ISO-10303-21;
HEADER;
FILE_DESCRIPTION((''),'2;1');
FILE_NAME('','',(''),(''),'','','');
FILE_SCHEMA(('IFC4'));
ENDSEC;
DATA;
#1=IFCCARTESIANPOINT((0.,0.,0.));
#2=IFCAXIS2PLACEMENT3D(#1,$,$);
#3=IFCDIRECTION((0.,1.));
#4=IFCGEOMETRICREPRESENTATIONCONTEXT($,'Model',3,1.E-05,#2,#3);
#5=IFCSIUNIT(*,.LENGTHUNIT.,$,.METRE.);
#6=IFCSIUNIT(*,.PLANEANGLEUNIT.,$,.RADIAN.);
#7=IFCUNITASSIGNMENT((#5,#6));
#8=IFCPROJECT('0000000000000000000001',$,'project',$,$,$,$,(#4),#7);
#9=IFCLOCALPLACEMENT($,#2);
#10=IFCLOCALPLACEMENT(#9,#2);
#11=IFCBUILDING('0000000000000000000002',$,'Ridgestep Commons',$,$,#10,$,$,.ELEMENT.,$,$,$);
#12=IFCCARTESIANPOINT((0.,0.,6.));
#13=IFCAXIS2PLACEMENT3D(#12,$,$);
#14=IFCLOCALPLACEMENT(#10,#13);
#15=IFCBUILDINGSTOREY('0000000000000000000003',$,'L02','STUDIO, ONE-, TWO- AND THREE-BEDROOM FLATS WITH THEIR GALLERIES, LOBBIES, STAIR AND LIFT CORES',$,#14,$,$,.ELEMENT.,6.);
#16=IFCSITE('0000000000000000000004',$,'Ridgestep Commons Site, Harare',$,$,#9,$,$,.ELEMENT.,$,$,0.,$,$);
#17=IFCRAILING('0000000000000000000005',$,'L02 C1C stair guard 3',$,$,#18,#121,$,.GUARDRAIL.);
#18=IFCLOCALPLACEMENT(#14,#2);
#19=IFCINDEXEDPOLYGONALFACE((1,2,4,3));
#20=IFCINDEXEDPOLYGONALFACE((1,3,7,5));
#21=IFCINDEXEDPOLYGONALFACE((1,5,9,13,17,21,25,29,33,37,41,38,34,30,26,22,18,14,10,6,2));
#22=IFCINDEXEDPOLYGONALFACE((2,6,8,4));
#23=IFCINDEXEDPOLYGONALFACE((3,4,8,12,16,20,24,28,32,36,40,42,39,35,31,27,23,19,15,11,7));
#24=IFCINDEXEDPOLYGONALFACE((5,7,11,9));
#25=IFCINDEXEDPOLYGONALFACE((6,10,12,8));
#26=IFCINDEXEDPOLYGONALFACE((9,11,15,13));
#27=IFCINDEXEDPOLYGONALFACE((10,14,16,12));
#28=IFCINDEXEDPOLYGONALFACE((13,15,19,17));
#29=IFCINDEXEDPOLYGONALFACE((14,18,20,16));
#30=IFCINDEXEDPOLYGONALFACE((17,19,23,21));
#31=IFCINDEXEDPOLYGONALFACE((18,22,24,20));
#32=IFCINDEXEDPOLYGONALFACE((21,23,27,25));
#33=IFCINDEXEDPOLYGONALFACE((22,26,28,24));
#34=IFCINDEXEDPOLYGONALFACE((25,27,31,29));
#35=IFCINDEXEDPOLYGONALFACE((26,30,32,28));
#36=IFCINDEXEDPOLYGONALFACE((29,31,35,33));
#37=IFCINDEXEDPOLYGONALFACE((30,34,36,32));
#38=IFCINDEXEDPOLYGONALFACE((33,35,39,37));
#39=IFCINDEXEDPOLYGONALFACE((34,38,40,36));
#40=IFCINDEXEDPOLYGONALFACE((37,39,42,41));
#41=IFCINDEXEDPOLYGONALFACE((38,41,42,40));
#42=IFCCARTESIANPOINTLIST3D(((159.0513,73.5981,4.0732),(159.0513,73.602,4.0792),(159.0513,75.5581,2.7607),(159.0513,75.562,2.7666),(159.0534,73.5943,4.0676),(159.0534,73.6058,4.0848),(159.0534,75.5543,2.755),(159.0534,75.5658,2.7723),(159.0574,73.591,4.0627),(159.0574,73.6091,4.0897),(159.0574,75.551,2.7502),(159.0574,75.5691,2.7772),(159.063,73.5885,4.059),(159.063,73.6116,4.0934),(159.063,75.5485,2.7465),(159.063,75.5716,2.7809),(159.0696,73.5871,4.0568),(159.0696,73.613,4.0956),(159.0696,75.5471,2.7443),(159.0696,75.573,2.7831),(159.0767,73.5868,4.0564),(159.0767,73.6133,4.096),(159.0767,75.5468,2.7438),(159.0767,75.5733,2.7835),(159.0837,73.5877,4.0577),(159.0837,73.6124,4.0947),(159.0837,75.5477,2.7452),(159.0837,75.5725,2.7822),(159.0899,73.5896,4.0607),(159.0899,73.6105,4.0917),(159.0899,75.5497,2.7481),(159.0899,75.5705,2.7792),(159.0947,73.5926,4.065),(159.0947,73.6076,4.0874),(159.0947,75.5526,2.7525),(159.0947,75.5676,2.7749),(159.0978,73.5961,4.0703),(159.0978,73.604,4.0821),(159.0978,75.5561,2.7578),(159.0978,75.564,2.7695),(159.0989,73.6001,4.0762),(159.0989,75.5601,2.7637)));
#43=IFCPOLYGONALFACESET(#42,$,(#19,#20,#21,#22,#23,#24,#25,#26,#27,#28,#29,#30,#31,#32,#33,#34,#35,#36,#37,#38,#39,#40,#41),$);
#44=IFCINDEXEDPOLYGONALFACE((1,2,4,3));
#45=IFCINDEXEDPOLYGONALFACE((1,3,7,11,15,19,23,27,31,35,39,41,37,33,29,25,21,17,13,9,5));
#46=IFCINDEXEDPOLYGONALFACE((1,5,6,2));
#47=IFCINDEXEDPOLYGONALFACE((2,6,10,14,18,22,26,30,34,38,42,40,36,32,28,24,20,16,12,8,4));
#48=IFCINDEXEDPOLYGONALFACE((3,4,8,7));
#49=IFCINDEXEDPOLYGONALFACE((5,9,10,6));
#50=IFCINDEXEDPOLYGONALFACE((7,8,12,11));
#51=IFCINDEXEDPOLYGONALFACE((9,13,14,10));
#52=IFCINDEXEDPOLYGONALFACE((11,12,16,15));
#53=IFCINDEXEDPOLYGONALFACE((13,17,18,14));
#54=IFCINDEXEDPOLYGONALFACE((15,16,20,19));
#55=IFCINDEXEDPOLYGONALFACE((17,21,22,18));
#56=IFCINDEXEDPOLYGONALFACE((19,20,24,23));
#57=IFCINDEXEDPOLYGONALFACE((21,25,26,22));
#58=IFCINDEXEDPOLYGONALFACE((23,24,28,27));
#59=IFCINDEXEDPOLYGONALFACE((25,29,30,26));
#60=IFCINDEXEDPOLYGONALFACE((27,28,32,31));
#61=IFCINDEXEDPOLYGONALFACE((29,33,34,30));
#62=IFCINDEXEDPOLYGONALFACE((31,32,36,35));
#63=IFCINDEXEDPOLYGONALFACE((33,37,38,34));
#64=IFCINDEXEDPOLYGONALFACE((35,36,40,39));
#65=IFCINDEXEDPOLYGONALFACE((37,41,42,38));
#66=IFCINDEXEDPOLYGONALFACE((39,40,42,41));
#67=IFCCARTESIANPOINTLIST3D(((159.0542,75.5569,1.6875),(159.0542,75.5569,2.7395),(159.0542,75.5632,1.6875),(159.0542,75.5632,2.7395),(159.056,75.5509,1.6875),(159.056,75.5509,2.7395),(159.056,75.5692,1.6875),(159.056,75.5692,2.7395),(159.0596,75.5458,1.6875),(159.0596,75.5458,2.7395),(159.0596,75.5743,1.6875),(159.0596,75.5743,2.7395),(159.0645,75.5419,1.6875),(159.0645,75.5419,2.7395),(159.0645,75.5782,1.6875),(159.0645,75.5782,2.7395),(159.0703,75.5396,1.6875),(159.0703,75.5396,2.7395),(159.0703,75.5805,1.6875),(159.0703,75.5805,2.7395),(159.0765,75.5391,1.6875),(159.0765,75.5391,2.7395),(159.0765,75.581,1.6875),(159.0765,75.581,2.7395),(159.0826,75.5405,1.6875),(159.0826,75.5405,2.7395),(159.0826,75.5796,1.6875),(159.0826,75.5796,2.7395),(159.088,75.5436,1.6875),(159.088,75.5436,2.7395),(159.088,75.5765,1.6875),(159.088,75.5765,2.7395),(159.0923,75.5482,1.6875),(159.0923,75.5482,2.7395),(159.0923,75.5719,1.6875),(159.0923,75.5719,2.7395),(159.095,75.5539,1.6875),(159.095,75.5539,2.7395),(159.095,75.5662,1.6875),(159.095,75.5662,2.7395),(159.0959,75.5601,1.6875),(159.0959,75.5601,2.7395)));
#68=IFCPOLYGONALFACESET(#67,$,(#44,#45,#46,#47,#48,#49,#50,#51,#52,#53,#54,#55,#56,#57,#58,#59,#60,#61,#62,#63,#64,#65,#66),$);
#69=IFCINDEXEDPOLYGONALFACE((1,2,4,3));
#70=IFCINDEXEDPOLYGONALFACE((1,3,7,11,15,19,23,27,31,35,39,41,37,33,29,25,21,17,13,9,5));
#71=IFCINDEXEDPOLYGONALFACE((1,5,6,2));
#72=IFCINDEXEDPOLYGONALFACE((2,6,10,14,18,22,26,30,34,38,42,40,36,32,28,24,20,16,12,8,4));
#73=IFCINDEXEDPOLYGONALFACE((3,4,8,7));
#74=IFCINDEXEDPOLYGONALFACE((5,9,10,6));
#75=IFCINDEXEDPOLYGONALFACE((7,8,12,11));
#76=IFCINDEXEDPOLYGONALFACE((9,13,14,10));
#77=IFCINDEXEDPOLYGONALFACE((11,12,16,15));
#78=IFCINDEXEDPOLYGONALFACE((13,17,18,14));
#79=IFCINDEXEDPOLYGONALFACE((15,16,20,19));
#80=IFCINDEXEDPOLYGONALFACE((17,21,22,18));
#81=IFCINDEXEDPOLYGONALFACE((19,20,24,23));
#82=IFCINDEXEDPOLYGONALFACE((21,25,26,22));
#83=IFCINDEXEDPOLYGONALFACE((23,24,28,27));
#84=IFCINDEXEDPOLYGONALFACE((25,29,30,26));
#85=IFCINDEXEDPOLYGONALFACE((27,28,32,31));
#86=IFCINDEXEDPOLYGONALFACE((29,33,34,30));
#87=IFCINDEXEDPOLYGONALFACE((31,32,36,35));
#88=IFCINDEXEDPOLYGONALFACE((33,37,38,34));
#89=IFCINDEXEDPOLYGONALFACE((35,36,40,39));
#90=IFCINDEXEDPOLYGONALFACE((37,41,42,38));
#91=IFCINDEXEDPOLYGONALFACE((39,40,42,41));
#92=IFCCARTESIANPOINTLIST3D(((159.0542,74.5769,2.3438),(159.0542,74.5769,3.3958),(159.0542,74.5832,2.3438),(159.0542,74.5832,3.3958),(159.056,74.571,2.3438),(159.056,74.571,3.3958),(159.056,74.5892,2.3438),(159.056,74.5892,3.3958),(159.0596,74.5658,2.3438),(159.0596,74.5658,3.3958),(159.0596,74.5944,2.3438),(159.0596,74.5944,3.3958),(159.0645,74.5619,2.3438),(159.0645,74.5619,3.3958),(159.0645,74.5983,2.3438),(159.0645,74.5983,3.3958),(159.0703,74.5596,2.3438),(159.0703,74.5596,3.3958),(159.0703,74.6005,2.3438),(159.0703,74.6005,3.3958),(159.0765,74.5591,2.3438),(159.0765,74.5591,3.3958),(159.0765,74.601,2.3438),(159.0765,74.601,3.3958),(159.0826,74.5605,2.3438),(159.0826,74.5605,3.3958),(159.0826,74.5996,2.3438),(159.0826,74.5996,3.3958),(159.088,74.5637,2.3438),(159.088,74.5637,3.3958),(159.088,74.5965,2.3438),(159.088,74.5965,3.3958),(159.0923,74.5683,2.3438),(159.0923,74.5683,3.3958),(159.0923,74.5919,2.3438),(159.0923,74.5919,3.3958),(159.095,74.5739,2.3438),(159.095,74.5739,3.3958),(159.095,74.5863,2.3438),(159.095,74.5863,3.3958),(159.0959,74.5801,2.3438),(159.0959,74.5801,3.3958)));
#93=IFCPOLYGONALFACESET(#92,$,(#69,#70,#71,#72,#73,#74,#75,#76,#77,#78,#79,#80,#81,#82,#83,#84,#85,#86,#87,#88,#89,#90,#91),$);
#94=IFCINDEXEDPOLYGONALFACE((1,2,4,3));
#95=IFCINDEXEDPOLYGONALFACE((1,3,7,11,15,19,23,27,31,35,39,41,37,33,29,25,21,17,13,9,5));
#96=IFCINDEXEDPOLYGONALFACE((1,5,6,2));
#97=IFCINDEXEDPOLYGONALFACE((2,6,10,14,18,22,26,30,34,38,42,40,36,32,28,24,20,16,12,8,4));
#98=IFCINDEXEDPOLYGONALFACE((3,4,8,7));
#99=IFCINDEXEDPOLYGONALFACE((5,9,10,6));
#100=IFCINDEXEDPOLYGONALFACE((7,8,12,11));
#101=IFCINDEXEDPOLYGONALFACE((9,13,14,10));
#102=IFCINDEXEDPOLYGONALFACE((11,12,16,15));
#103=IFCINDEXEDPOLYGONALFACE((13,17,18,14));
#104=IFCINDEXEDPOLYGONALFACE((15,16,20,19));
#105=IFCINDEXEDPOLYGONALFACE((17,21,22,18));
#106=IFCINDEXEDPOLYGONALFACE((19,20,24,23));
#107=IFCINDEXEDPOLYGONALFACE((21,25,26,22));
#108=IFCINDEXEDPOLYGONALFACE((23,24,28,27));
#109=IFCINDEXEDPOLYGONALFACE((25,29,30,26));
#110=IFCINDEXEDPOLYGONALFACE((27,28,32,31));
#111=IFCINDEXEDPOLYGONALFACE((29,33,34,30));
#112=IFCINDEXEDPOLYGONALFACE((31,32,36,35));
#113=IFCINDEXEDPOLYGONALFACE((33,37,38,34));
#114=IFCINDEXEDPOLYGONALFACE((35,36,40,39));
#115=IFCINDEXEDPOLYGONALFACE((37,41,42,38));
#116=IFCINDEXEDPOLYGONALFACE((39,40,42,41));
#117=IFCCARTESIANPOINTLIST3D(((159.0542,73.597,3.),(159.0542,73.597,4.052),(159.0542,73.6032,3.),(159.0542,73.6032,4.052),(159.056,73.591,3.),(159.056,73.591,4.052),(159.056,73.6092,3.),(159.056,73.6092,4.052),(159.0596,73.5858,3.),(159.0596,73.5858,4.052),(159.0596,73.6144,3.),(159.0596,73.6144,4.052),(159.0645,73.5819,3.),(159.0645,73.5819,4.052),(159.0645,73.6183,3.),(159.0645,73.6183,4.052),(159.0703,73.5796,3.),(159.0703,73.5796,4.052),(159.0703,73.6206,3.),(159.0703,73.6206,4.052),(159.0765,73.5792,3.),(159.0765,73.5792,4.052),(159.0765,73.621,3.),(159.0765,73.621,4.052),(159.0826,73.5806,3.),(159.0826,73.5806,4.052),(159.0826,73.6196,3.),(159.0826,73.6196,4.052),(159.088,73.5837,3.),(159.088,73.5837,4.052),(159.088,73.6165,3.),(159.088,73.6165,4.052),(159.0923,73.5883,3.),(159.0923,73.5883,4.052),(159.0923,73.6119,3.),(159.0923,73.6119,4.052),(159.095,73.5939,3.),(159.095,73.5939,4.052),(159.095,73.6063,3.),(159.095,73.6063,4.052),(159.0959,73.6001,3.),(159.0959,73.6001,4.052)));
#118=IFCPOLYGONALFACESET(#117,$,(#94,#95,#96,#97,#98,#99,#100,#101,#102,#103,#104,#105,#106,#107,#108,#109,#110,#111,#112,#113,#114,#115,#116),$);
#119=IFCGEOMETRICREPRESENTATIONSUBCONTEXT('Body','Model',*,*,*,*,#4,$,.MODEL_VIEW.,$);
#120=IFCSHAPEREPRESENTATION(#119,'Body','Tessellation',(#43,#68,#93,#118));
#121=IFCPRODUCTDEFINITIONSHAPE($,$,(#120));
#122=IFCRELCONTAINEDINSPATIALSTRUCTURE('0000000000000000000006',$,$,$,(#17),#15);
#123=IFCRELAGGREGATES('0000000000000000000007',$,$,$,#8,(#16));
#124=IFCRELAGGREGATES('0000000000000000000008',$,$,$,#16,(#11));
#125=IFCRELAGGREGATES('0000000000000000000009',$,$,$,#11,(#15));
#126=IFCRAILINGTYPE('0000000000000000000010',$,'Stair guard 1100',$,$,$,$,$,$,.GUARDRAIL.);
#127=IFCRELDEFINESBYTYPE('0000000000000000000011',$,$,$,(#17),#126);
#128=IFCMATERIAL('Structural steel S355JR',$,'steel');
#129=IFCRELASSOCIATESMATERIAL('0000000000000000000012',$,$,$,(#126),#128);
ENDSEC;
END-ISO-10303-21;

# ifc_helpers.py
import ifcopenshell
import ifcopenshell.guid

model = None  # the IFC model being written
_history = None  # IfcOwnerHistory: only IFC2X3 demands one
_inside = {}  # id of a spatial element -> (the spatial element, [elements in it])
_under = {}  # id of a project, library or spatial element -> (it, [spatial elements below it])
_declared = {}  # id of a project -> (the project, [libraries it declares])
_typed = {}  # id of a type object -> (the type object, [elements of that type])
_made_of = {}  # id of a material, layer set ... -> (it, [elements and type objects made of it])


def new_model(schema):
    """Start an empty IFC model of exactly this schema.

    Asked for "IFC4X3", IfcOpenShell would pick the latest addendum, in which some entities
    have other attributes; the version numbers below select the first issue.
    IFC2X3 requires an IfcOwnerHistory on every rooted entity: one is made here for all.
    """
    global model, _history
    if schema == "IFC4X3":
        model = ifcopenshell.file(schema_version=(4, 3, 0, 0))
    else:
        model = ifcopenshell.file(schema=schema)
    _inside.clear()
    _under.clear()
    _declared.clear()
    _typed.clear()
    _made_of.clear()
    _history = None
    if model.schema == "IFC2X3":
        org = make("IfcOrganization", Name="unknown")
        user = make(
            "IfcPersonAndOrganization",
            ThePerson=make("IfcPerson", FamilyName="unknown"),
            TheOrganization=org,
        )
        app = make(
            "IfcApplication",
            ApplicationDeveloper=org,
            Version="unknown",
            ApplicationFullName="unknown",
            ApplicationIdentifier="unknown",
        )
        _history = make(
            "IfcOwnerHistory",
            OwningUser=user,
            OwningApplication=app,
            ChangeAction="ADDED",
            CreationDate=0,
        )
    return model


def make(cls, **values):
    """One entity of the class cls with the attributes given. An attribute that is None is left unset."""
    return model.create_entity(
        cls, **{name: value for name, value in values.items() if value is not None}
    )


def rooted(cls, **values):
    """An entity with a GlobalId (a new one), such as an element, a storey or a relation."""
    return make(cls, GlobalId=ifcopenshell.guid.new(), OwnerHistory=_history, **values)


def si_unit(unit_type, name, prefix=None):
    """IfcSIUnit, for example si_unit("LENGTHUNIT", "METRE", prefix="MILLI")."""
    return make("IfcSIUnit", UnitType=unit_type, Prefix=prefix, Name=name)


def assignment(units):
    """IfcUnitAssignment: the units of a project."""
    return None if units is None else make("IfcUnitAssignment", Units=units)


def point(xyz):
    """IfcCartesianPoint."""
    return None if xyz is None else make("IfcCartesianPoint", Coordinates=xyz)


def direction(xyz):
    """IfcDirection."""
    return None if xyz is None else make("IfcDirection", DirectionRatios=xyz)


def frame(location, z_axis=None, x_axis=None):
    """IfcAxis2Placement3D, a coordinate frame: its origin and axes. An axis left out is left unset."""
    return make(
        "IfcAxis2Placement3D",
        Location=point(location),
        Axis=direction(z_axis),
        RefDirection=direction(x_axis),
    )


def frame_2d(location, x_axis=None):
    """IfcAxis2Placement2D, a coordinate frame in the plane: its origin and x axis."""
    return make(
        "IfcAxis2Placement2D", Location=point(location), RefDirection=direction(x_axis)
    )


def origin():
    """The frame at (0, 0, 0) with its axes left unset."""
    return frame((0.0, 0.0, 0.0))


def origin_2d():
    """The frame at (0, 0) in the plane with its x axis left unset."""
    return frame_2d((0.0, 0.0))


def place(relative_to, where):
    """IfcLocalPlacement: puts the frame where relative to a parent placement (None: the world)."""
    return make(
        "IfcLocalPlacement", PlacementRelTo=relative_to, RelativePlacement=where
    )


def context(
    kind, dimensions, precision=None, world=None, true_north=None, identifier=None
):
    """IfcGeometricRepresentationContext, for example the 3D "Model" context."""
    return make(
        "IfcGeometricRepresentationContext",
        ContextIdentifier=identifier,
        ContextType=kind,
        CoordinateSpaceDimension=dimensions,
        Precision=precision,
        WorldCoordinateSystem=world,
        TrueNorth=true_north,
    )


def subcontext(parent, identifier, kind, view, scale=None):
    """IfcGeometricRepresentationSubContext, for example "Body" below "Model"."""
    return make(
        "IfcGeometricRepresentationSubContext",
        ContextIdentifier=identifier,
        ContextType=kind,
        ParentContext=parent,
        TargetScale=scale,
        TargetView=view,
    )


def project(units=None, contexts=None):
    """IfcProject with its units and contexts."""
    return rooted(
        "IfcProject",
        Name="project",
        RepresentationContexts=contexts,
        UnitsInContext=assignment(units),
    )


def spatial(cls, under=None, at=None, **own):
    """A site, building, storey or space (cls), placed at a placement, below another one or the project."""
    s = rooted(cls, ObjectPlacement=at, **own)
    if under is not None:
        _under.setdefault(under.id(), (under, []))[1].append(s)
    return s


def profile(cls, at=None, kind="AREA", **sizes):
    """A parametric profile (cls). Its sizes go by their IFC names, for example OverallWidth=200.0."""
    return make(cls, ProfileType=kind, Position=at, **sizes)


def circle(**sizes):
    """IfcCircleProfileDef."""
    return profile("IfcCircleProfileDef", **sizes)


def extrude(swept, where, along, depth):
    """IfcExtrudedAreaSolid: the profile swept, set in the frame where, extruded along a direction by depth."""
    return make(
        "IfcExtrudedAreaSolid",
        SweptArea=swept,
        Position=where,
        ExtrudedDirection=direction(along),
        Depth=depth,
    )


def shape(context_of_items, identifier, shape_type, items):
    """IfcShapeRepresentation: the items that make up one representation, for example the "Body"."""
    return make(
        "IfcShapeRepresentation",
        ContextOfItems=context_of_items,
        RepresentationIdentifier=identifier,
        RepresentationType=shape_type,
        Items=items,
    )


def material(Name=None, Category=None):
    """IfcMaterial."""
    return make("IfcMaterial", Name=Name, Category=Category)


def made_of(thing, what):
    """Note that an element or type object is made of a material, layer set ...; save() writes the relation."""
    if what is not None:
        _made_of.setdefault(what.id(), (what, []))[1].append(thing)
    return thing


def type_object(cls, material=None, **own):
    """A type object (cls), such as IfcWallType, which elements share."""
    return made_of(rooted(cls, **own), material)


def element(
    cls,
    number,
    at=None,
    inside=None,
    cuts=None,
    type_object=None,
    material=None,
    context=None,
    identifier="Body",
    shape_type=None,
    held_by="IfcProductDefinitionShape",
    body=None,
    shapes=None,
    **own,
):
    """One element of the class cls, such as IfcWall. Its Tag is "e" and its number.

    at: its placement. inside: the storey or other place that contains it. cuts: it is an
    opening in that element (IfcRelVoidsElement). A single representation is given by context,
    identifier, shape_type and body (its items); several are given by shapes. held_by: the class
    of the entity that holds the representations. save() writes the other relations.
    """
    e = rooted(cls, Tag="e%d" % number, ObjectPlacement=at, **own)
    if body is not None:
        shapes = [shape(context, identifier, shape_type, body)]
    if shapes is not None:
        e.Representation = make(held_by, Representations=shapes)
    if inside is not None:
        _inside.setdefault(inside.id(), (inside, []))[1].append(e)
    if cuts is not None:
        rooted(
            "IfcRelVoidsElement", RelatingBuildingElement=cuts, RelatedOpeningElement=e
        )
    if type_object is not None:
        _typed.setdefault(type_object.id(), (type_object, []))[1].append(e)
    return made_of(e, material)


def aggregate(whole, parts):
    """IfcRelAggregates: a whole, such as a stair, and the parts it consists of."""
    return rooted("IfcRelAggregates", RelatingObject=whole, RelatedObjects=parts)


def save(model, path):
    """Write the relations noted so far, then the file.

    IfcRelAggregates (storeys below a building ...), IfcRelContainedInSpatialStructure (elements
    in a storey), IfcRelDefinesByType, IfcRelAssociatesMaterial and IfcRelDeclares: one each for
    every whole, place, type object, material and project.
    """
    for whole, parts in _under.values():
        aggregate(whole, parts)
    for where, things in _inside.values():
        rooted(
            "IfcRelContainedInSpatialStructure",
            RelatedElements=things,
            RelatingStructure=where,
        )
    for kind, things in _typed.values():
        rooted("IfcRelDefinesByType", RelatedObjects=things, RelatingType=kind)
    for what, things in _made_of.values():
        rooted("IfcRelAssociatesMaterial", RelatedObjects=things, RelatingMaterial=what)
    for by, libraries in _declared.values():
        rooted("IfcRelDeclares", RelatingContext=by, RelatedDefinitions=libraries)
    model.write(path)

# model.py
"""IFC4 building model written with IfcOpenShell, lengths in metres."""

from ifc_helpers import new_model, si_unit, direction, frame, origin, origin_2d, place, context, subcontext, project, spatial, circle, extrude, material, type_object, element, save


model = new_model("IFC4")

# Units and contexts
model_context = context("Model", 3, precision=1e-05, world=origin(), true_north=direction((0.0, 1.0)))
body_context = subcontext(model_context, "Body", "Model", "MODEL_VIEW")
ifc_project = project(units=[si_unit("LENGTHUNIT", "METRE"), si_unit("PLANEANGLEUNIT", "RADIAN")], contexts=[model_context])

# Site, building, storey
site_placement = place(None, origin())
site = spatial("IfcSite", under=ifc_project, at=site_placement, Name="Ridgestep Commons Site, Harare", CompositionType="ELEMENT", RefElevation=0.0)
building_placement = place(site_placement, origin())
building = spatial("IfcBuilding", under=site, at=building_placement, Name="Ridgestep Commons", CompositionType="ELEMENT")
storey_placement = place(building_placement, frame((0.0, 0.0, 6.0)))
storey = spatial("IfcBuildingStorey", under=building, at=storey_placement, Name="L02", Description="STUDIO, ONE-, TWO- AND THREE-BEDROOM FLATS WITH THEIR GALLERIES, LOBBIES, STAIR AND LIFT CORES", CompositionType="ELEMENT", Elevation=6.0)

# Railing
ifc_material_1 = material(Name="Structural steel S355JR", Category="steel")
railing_type = type_object("IfcRailingType", Name="Stair guard 1100", PredefinedType="GUARDRAIL", material=ifc_material_1)
railing_1_placement = place(storey_placement, frame((159.075, 75.5601, 1.6875)))
element("IfcRailing", 1, at=railing_1_placement, inside=storey, type_object=railing_type, Name="L02 C1C stair guard 3", PredefinedType="GUARDRAIL", context=body_context, shape_type="SweptSolid", body=[
    extrude(circle(Radius=0.0239, at=origin_2d()), frame((0.0, 0.0, 1.0762), z_axis=(0.0, -0.830902, 0.556419), x_axis=(1.0, 0.0, 0.0)), (0.0, 0.0, 1.0), 2.3589),
    extrude(circle(Radius=0.021, at=origin_2d()), origin(), (0.0, 0.0, 1.0), 1.052),
    extrude(circle(Radius=0.021, at=origin_2d()), frame((0.0, -0.98, 0.6562)), (0.0, 0.0, 1.0), 1.052),
    extrude(circle(Radius=0.021, at=origin_2d()), frame((0.0, -1.96, 1.3125)), (0.0, 0.0, 1.0), 1.052),
])

save(model, "model.ifc")
